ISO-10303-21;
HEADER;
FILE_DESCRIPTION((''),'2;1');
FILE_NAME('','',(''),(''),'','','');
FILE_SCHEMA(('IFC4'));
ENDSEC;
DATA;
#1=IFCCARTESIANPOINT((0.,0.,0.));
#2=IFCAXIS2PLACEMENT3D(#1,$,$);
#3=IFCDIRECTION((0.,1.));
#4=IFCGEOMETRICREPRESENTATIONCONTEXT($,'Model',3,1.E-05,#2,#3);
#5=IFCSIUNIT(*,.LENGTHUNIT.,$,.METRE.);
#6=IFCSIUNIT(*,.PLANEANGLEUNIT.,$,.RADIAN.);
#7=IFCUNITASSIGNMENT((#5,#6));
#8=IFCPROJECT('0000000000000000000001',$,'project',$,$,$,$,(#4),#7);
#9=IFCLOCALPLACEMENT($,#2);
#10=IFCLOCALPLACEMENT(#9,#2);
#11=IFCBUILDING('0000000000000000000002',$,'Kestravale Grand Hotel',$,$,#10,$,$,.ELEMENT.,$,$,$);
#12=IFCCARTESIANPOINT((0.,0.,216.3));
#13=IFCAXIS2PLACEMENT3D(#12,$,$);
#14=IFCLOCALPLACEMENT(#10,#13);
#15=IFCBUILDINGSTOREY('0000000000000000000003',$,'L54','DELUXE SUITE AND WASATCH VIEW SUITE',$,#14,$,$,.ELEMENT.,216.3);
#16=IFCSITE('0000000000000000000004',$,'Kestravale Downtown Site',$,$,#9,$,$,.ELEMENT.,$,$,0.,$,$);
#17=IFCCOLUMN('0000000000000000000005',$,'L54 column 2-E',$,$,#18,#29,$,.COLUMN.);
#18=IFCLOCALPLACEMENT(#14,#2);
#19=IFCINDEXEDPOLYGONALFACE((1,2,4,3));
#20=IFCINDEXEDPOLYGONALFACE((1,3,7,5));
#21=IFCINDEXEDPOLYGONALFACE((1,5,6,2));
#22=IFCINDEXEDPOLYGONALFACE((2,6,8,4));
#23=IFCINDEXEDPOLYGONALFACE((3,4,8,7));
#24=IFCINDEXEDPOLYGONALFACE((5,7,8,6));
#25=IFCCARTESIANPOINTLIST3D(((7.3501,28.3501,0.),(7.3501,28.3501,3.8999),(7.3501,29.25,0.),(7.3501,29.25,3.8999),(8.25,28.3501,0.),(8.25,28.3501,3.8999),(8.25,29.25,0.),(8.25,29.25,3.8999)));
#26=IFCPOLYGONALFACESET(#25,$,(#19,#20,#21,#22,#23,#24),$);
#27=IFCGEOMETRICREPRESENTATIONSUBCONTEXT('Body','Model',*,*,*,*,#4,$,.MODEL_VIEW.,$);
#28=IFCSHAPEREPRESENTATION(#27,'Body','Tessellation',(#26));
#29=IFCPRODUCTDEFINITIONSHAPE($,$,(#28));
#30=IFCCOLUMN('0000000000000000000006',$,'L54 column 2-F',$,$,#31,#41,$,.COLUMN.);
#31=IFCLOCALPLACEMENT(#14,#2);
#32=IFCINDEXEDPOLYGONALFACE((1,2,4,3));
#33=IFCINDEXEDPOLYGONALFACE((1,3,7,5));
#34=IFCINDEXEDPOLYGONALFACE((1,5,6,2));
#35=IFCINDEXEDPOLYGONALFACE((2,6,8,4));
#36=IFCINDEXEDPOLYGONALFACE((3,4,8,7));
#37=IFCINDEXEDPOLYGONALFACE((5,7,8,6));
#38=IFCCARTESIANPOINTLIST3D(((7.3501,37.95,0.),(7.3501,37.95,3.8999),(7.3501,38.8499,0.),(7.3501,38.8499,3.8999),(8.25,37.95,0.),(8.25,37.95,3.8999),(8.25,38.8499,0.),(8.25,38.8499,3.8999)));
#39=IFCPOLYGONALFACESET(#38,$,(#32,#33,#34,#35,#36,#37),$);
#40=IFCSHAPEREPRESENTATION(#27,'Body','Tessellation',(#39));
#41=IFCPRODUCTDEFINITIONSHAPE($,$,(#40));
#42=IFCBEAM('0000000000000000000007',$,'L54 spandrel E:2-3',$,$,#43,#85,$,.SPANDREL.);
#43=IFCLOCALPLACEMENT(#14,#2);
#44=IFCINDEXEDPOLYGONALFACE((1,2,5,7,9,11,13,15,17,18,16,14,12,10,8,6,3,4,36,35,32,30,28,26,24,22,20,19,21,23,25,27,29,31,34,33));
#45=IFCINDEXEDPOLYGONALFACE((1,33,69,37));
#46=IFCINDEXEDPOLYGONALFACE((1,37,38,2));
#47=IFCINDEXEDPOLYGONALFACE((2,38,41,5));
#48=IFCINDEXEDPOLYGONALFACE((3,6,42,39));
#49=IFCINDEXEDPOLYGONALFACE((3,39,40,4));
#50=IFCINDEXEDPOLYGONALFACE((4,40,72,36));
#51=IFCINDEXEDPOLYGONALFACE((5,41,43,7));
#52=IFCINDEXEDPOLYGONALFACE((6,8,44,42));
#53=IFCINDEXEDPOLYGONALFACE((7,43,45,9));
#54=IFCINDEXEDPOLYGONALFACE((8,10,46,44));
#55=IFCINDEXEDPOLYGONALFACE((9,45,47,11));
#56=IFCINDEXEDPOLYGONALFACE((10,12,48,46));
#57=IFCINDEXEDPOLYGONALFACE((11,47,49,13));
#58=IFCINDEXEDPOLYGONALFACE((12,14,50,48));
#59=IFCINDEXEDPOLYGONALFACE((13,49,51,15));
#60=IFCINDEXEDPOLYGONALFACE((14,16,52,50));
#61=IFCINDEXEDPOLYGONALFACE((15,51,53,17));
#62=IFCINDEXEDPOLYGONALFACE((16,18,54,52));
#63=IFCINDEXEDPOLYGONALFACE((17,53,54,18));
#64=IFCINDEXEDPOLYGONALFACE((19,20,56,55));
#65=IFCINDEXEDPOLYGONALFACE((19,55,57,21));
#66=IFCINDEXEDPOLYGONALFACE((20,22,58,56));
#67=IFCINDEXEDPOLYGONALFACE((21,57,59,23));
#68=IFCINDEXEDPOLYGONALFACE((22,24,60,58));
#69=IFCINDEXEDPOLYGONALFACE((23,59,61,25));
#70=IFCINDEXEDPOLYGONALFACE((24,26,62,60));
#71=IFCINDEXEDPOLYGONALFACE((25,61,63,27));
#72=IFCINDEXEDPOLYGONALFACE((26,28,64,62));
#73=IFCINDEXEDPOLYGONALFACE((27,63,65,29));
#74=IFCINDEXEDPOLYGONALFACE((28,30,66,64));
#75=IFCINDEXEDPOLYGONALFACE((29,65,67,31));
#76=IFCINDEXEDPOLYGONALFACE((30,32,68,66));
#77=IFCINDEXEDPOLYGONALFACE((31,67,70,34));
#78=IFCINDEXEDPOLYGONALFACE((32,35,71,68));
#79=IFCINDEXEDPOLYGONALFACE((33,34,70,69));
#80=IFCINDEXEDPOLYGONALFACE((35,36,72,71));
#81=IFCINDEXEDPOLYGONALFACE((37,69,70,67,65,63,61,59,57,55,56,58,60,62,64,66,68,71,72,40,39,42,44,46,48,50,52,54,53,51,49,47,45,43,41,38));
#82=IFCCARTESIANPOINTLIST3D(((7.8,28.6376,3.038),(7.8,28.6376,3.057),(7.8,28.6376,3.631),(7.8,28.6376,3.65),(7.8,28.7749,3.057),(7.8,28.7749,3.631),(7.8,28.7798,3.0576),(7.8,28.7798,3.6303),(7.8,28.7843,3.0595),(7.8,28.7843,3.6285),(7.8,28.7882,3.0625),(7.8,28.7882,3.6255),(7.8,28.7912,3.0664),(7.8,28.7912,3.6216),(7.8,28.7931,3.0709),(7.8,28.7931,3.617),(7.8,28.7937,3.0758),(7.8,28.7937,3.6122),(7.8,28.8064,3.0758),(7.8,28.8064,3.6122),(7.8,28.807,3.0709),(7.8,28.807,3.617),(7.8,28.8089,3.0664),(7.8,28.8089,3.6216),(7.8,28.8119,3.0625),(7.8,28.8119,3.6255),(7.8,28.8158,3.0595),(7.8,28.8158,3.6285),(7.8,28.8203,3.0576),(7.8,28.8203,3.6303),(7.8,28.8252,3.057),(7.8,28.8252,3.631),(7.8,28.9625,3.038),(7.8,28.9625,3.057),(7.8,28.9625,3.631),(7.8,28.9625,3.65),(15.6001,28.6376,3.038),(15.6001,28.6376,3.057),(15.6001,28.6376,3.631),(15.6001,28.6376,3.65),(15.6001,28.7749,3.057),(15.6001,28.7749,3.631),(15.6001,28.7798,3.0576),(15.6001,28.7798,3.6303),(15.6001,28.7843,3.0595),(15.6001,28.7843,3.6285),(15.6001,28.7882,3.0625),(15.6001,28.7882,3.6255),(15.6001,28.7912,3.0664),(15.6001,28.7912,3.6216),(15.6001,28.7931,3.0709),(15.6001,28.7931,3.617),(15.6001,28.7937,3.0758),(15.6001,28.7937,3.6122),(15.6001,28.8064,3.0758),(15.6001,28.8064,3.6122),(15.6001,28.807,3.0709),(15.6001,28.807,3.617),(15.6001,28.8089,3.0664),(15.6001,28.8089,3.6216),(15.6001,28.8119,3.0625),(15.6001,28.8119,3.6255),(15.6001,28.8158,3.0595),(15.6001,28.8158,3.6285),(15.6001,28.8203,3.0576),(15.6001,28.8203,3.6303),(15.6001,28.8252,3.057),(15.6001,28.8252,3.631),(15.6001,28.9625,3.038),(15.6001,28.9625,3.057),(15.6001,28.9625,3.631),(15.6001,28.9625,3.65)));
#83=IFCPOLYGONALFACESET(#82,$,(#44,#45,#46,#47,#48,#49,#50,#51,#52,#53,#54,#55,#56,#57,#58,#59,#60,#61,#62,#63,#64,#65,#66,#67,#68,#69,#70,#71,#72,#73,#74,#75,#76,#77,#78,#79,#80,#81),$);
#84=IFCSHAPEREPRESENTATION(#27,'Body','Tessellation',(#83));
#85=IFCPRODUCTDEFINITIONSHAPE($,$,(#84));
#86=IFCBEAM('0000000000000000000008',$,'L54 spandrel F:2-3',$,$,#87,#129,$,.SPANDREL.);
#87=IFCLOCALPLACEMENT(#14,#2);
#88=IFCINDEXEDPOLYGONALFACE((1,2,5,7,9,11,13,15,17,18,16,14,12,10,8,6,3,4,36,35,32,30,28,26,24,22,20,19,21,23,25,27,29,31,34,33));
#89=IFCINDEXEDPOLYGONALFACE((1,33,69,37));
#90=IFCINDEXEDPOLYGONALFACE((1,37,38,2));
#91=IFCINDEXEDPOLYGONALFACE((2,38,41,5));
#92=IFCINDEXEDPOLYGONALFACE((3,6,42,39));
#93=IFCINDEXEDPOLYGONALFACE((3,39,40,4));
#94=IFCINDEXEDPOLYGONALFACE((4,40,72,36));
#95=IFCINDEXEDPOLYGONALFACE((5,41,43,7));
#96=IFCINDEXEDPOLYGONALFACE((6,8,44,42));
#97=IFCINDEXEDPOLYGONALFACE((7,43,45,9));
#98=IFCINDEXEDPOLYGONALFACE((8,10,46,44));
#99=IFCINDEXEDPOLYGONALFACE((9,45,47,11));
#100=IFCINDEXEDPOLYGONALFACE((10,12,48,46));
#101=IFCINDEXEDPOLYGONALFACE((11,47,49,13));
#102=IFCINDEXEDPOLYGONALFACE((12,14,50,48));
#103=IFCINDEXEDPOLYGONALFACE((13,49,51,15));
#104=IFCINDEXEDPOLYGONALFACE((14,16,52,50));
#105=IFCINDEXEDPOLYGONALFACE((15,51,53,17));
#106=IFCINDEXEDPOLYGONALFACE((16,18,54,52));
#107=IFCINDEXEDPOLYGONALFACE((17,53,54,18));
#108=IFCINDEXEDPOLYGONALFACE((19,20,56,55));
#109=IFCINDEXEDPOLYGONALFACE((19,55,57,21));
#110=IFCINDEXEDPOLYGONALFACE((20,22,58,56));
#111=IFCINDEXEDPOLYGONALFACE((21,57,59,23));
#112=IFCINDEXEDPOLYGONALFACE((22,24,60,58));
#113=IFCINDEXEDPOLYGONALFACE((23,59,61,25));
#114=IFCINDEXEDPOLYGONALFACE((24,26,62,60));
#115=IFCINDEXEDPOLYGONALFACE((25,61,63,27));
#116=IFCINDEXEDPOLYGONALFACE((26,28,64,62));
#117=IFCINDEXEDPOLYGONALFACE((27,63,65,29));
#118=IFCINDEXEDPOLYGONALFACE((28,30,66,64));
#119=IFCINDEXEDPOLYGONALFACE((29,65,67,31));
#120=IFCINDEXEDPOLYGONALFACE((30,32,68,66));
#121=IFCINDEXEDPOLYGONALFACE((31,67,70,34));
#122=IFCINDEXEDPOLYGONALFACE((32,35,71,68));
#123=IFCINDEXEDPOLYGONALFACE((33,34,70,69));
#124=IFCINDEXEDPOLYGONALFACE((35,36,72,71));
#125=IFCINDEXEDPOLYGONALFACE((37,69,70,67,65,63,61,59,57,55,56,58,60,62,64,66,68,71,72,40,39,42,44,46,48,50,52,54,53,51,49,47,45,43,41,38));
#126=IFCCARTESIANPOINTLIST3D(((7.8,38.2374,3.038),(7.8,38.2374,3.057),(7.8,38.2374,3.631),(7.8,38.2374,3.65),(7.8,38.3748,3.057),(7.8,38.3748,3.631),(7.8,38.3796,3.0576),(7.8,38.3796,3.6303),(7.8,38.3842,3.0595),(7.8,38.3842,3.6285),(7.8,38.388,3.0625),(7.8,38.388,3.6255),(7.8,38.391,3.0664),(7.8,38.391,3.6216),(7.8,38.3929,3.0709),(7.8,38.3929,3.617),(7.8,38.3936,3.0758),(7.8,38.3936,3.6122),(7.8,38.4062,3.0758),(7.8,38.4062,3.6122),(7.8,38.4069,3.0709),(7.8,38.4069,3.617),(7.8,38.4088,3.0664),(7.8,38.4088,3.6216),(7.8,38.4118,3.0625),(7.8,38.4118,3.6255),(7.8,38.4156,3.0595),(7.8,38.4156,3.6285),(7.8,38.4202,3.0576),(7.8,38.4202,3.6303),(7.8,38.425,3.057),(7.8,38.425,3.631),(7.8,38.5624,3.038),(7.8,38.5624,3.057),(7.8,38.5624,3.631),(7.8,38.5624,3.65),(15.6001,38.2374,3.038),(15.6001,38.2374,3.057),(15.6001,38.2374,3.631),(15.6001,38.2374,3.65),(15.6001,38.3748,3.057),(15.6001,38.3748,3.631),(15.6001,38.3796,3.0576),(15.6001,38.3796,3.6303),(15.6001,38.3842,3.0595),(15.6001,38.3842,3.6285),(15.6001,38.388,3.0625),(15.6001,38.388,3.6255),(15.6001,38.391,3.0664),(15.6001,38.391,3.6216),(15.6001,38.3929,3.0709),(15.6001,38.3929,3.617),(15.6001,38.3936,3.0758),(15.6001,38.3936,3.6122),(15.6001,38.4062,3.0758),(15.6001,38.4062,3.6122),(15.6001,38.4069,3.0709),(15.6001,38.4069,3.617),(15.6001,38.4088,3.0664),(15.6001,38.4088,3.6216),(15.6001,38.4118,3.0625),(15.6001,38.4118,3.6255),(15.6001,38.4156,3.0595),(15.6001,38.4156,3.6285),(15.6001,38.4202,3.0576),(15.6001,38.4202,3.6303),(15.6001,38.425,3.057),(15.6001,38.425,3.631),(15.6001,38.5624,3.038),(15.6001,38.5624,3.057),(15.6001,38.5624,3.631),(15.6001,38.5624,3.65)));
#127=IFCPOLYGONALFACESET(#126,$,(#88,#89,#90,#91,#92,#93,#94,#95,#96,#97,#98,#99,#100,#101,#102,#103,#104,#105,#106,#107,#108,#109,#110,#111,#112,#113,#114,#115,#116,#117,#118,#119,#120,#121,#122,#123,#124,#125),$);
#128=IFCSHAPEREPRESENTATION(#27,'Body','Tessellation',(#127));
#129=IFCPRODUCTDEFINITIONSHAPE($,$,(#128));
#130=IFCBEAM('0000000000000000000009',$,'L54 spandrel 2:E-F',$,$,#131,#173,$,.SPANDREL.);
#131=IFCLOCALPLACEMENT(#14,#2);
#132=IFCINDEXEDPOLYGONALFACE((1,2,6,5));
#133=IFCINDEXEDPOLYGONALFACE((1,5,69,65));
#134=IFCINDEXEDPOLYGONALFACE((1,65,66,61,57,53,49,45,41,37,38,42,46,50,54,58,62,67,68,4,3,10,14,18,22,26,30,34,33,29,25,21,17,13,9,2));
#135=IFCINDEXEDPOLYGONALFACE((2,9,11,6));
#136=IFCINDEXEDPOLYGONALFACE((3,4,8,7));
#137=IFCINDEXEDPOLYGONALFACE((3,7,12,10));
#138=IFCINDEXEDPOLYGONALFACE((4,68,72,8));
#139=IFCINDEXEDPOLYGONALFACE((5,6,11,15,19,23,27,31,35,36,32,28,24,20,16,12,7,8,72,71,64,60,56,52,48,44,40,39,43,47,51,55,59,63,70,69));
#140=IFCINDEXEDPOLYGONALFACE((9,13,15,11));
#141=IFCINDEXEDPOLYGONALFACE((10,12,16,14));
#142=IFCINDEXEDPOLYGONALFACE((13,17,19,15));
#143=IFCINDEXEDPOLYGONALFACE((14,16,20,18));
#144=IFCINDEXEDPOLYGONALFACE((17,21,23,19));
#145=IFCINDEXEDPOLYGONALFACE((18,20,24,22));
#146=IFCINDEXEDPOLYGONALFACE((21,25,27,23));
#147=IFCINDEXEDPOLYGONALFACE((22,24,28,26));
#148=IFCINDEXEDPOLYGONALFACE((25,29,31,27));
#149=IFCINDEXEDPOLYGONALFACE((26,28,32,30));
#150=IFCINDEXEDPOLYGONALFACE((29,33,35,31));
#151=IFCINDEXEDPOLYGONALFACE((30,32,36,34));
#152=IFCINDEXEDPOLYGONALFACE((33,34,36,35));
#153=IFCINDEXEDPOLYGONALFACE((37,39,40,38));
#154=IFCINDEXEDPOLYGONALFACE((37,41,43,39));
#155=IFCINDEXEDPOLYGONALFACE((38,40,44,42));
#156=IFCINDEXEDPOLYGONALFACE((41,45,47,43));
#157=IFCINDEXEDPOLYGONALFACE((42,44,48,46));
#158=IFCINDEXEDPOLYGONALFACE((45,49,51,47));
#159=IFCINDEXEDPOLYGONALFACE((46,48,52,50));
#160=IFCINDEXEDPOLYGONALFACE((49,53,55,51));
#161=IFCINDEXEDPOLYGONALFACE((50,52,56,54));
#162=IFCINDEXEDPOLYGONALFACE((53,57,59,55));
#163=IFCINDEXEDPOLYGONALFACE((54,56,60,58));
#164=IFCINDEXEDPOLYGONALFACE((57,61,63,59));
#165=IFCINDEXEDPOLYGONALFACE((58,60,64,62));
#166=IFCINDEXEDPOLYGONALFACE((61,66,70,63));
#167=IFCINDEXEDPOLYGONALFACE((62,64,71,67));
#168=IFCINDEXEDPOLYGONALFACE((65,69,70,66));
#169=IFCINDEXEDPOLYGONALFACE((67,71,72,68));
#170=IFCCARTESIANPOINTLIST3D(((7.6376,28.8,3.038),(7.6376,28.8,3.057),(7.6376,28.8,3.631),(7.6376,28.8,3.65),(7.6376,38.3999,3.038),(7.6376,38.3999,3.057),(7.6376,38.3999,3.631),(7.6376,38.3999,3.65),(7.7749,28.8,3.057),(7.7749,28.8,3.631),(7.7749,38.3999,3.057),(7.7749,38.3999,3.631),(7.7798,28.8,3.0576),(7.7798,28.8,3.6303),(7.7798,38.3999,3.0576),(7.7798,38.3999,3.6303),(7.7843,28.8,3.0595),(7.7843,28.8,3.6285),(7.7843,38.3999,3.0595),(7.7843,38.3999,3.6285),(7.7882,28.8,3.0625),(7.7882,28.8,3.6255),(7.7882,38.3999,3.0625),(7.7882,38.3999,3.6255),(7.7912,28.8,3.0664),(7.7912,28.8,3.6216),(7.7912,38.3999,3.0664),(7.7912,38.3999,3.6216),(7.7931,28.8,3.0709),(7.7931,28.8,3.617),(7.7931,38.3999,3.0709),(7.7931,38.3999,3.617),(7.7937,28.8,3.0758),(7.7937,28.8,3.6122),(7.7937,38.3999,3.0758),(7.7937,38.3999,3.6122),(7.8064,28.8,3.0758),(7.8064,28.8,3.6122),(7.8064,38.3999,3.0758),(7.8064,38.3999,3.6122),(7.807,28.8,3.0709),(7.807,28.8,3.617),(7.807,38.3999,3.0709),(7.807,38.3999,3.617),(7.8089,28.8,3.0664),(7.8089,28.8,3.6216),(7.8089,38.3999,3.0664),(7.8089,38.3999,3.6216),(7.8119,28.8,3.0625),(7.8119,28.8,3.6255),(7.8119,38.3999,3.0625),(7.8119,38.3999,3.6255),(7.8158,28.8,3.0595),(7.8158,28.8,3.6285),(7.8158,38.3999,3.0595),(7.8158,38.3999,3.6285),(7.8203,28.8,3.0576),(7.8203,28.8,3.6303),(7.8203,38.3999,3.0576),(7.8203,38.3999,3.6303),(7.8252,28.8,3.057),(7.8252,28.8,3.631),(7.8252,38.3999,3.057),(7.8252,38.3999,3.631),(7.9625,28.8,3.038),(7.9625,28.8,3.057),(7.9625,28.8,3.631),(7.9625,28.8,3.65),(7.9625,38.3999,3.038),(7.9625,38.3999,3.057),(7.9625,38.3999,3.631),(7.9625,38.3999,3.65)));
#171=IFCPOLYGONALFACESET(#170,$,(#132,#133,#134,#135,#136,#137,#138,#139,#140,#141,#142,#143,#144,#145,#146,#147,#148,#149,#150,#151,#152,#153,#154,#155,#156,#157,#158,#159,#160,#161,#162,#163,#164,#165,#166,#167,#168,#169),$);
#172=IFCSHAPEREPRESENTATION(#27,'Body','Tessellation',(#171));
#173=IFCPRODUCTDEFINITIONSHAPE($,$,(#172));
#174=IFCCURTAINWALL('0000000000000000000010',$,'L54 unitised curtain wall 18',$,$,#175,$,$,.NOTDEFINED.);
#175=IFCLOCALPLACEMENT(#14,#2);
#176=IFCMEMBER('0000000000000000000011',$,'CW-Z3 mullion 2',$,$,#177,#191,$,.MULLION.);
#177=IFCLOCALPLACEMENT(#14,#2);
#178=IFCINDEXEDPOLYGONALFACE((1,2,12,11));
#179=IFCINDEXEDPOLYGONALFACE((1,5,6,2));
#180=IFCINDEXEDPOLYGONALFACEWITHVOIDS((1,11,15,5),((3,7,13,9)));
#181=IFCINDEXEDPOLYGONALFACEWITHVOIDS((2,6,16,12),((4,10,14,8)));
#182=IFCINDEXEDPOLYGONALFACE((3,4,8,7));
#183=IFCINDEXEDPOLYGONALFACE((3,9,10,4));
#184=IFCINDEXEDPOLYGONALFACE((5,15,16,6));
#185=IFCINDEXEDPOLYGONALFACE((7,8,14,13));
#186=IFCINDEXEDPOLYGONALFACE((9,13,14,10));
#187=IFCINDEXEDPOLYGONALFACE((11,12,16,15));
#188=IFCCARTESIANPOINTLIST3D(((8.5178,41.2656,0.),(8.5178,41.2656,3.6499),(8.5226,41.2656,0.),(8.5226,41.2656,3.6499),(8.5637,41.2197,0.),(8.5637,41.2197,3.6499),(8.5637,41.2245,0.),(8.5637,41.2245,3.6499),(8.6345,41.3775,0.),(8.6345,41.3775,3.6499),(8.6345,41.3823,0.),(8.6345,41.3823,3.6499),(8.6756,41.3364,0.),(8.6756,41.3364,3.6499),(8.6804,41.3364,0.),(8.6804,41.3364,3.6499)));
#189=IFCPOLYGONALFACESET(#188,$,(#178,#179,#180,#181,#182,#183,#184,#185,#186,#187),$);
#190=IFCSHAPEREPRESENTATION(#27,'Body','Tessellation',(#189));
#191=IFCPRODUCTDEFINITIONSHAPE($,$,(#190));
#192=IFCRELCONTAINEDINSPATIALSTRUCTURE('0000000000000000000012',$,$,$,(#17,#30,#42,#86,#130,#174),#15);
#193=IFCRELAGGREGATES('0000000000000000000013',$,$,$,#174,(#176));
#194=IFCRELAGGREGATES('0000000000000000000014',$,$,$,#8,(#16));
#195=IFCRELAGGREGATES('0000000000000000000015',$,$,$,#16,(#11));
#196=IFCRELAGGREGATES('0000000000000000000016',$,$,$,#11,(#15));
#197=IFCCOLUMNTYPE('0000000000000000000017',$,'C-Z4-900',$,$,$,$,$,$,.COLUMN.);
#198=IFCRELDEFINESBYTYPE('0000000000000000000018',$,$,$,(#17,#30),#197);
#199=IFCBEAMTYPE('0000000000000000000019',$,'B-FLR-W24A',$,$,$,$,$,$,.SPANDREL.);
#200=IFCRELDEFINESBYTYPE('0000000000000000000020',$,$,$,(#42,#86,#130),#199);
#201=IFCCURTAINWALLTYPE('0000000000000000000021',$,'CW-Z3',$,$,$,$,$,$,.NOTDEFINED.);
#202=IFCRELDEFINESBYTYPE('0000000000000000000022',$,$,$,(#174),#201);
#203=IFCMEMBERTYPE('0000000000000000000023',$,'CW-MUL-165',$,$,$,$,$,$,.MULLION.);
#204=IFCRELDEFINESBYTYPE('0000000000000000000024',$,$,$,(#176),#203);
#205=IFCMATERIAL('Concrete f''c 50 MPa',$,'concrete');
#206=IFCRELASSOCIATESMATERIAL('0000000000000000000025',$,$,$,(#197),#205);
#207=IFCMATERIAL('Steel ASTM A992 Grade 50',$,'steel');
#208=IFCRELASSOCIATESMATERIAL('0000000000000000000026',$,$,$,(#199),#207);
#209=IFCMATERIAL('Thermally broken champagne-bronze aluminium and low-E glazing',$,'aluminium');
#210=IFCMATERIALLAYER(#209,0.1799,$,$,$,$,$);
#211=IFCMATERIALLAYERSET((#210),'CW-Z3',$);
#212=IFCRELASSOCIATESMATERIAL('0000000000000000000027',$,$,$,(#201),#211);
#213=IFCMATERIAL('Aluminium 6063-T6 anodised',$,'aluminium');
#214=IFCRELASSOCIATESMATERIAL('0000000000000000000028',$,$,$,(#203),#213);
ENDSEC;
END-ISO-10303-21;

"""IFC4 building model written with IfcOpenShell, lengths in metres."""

from ifc_helpers import new_model, si_unit, direction, frame, origin, origin_2d, place, context, subcontext, project, spatial, rectangle, hollow_rectangle, i_section, extrude, material, layer, layer_set, material_profile, profile_set, type_object, element, aggregate, save


model = new_model("IFC4")

# Units and contexts
model_context = context("Model", 3, precision=1e-05, world=origin(), true_north=direction((0.0, 1.0)))
body_context = subcontext(model_context, "Body", "Model", "MODEL_VIEW")
ifc_project = project(units=[si_unit("LENGTHUNIT", "METRE"), si_unit("PLANEANGLEUNIT", "RADIAN")], contexts=[model_context])

# Site, building, storey
site_placement = place(None, origin())
site = spatial("IfcSite", under=ifc_project, at=site_placement, Name="Kestravale Downtown Site", CompositionType="ELEMENT", RefElevation=0.0)
building_placement = place(site_placement, origin())
building = spatial("IfcBuilding", under=site, at=building_placement, Name="Kestravale Grand Hotel", CompositionType="ELEMENT")
storey_placement = place(building_placement, frame((0.0, 0.0, 216.3)))
storey = spatial("IfcBuildingStorey", under=building, at=storey_placement, Name="L54", Description="DELUXE SUITE AND WASATCH VIEW SUITE", CompositionType="ELEMENT", Elevation=216.3)

# Columns
ifc_material_1 = material(Name="Concrete f'c 50 MPa", Category="concrete")
ifc_material_profile_1 = material_profile(ifc_material_1, rectangle(XDim=0.8999, YDim=0.8999, at=origin_2d()))
ifc_profile_set_1 = profile_set([ifc_material_profile_1], Name="Concrete f'c 50 MPa")
column_type = type_object("IfcColumnType", Name="C-Z4-900", PredefinedType="COLUMN", material=ifc_profile_set_1)
for number, where, z_axis, x_axis, name in (
    (1, (7.8, 28.8, 0.0), (0.0, 0.0, 1.0), (1.0, 0.0, 0.0), "L54 column 2-E"),
    (2, (7.8, 38.3999, 0.0), (0.0, 0.0, 1.0), (1.0, 0.0, 0.0), "L54 column 2-F"),
):
    element("IfcColumn", number, at=place(storey_placement, frame(where, z_axis=z_axis, x_axis=x_axis)), inside=storey, type_object=column_type, Name=name, PredefinedType="COLUMN", context=body_context, shape_type="SweptSolid", body=[
        extrude(rectangle(XDim=0.8999, YDim=0.8999, at=origin_2d()), origin(), (0.0, 0.0, 1.0), 3.8999),
    ])

# Beams
ifc_material_2 = material(Name="Steel ASTM A992 Grade 50", Category="steel")
ifc_material_profile_2 = material_profile(ifc_material_2, i_section(OverallWidth=0.325, OverallDepth=0.6121, WebThickness=0.0127, FlangeThickness=0.019, FilletRadius=0.0188, at=origin_2d()))
ifc_profile_set_2 = profile_set([ifc_material_profile_2], Name="Steel ASTM A992 Grade 50")
beam_type = type_object("IfcBeamType", Name="B-FLR-W24A", PredefinedType="SPANDREL", material=ifc_profile_set_2)
for number, where, z_axis, x_axis, name in (
    (3, (7.8, 28.8, 3.344), (1.0, 0.0, 0.0), (0.0, 1.0, 0.0), "L54 spandrel E:2-3"),
    (4, (7.8, 38.3999, 3.344), (1.0, 0.0, 0.0), (0.0, 1.0, 0.0), "L54 spandrel F:2-3"),
):
    element("IfcBeam", number, at=place(storey_placement, frame(where, z_axis=z_axis, x_axis=x_axis)), inside=storey, type_object=beam_type, Name=name, PredefinedType="SPANDREL", context=body_context, shape_type="SweptSolid", body=[
        extrude(i_section(OverallWidth=0.325, OverallDepth=0.6121, WebThickness=0.0127, FlangeThickness=0.019, FilletRadius=0.0188, at=origin_2d()), origin(), (0.0, 0.0, 1.0), 7.8),
    ])
beam_placement = place(storey_placement, frame((7.8, 28.8, 3.344), z_axis=(0.0, 1.0, 0.0), x_axis=(-1.0, 0.0, 0.0)))
element("IfcBeam", 5, at=beam_placement, inside=storey, type_object=beam_type, Name="L54 spandrel 2:E-F", PredefinedType="SPANDREL", context=body_context, shape_type="SweptSolid", body=[
    extrude(i_section(OverallWidth=0.325, OverallDepth=0.6121, WebThickness=0.0127, FlangeThickness=0.019, FilletRadius=0.0188, at=origin_2d()), origin(), (0.0, 0.0, 1.0), 9.5999),
])

# Curtain wall, member
ifc_material_3 = material(Name="Thermally broken champagne-bronze aluminium and low-E glazing", Category="aluminium")
ifc_layer_1 = layer(ifc_material_3, 0.1799)
ifc_layer_set_1 = layer_set([ifc_layer_1], Name="CW-Z3")
curtain_wall_type = type_object("IfcCurtainWallType", Name="CW-Z3", PredefinedType="NOTDEFINED", material=ifc_layer_set_1)
curtain_wall_placement = place(storey_placement, origin())
curtain_wall = element("IfcCurtainWall", 6, at=curtain_wall_placement, inside=storey, type_object=curtain_wall_type, Name="L54 unitised curtain wall 18", PredefinedType="NOTDEFINED")
ifc_material_4 = material(Name="Aluminium 6063-T6 anodised", Category="aluminium")
ifc_material_profile_3 = material_profile(ifc_material_4, hollow_rectangle(XDim=0.0649, YDim=0.165, WallThickness=0.0034, at=origin_2d()))
ifc_profile_set_3 = profile_set([ifc_material_profile_3], Name="Aluminium 6063-T6 anodised")
member_type_1 = type_object("IfcMemberType", Name="CW-MUL-165", PredefinedType="MULLION", material=ifc_profile_set_3)
member_1_placement = place(storey_placement, frame((8.5991, 41.301, 0.0), z_axis=(0.0, 0.0, 1.0), x_axis=(0.707107, -0.707107, 0.0)))
member_1 = element("IfcMember", 7, at=member_1_placement, type_object=member_type_1, Name="CW-Z3 mullion 2", PredefinedType="MULLION", context=body_context, shape_type="SweptSolid", body=[
    extrude(hollow_rectangle(XDim=0.0649, YDim=0.165, WallThickness=0.0034, at=origin_2d()), origin(), (0.0, 0.0, 1.0), 3.6499),
])
aggregate(curtain_wall, [member_1])

save(model, "model.ifc")
